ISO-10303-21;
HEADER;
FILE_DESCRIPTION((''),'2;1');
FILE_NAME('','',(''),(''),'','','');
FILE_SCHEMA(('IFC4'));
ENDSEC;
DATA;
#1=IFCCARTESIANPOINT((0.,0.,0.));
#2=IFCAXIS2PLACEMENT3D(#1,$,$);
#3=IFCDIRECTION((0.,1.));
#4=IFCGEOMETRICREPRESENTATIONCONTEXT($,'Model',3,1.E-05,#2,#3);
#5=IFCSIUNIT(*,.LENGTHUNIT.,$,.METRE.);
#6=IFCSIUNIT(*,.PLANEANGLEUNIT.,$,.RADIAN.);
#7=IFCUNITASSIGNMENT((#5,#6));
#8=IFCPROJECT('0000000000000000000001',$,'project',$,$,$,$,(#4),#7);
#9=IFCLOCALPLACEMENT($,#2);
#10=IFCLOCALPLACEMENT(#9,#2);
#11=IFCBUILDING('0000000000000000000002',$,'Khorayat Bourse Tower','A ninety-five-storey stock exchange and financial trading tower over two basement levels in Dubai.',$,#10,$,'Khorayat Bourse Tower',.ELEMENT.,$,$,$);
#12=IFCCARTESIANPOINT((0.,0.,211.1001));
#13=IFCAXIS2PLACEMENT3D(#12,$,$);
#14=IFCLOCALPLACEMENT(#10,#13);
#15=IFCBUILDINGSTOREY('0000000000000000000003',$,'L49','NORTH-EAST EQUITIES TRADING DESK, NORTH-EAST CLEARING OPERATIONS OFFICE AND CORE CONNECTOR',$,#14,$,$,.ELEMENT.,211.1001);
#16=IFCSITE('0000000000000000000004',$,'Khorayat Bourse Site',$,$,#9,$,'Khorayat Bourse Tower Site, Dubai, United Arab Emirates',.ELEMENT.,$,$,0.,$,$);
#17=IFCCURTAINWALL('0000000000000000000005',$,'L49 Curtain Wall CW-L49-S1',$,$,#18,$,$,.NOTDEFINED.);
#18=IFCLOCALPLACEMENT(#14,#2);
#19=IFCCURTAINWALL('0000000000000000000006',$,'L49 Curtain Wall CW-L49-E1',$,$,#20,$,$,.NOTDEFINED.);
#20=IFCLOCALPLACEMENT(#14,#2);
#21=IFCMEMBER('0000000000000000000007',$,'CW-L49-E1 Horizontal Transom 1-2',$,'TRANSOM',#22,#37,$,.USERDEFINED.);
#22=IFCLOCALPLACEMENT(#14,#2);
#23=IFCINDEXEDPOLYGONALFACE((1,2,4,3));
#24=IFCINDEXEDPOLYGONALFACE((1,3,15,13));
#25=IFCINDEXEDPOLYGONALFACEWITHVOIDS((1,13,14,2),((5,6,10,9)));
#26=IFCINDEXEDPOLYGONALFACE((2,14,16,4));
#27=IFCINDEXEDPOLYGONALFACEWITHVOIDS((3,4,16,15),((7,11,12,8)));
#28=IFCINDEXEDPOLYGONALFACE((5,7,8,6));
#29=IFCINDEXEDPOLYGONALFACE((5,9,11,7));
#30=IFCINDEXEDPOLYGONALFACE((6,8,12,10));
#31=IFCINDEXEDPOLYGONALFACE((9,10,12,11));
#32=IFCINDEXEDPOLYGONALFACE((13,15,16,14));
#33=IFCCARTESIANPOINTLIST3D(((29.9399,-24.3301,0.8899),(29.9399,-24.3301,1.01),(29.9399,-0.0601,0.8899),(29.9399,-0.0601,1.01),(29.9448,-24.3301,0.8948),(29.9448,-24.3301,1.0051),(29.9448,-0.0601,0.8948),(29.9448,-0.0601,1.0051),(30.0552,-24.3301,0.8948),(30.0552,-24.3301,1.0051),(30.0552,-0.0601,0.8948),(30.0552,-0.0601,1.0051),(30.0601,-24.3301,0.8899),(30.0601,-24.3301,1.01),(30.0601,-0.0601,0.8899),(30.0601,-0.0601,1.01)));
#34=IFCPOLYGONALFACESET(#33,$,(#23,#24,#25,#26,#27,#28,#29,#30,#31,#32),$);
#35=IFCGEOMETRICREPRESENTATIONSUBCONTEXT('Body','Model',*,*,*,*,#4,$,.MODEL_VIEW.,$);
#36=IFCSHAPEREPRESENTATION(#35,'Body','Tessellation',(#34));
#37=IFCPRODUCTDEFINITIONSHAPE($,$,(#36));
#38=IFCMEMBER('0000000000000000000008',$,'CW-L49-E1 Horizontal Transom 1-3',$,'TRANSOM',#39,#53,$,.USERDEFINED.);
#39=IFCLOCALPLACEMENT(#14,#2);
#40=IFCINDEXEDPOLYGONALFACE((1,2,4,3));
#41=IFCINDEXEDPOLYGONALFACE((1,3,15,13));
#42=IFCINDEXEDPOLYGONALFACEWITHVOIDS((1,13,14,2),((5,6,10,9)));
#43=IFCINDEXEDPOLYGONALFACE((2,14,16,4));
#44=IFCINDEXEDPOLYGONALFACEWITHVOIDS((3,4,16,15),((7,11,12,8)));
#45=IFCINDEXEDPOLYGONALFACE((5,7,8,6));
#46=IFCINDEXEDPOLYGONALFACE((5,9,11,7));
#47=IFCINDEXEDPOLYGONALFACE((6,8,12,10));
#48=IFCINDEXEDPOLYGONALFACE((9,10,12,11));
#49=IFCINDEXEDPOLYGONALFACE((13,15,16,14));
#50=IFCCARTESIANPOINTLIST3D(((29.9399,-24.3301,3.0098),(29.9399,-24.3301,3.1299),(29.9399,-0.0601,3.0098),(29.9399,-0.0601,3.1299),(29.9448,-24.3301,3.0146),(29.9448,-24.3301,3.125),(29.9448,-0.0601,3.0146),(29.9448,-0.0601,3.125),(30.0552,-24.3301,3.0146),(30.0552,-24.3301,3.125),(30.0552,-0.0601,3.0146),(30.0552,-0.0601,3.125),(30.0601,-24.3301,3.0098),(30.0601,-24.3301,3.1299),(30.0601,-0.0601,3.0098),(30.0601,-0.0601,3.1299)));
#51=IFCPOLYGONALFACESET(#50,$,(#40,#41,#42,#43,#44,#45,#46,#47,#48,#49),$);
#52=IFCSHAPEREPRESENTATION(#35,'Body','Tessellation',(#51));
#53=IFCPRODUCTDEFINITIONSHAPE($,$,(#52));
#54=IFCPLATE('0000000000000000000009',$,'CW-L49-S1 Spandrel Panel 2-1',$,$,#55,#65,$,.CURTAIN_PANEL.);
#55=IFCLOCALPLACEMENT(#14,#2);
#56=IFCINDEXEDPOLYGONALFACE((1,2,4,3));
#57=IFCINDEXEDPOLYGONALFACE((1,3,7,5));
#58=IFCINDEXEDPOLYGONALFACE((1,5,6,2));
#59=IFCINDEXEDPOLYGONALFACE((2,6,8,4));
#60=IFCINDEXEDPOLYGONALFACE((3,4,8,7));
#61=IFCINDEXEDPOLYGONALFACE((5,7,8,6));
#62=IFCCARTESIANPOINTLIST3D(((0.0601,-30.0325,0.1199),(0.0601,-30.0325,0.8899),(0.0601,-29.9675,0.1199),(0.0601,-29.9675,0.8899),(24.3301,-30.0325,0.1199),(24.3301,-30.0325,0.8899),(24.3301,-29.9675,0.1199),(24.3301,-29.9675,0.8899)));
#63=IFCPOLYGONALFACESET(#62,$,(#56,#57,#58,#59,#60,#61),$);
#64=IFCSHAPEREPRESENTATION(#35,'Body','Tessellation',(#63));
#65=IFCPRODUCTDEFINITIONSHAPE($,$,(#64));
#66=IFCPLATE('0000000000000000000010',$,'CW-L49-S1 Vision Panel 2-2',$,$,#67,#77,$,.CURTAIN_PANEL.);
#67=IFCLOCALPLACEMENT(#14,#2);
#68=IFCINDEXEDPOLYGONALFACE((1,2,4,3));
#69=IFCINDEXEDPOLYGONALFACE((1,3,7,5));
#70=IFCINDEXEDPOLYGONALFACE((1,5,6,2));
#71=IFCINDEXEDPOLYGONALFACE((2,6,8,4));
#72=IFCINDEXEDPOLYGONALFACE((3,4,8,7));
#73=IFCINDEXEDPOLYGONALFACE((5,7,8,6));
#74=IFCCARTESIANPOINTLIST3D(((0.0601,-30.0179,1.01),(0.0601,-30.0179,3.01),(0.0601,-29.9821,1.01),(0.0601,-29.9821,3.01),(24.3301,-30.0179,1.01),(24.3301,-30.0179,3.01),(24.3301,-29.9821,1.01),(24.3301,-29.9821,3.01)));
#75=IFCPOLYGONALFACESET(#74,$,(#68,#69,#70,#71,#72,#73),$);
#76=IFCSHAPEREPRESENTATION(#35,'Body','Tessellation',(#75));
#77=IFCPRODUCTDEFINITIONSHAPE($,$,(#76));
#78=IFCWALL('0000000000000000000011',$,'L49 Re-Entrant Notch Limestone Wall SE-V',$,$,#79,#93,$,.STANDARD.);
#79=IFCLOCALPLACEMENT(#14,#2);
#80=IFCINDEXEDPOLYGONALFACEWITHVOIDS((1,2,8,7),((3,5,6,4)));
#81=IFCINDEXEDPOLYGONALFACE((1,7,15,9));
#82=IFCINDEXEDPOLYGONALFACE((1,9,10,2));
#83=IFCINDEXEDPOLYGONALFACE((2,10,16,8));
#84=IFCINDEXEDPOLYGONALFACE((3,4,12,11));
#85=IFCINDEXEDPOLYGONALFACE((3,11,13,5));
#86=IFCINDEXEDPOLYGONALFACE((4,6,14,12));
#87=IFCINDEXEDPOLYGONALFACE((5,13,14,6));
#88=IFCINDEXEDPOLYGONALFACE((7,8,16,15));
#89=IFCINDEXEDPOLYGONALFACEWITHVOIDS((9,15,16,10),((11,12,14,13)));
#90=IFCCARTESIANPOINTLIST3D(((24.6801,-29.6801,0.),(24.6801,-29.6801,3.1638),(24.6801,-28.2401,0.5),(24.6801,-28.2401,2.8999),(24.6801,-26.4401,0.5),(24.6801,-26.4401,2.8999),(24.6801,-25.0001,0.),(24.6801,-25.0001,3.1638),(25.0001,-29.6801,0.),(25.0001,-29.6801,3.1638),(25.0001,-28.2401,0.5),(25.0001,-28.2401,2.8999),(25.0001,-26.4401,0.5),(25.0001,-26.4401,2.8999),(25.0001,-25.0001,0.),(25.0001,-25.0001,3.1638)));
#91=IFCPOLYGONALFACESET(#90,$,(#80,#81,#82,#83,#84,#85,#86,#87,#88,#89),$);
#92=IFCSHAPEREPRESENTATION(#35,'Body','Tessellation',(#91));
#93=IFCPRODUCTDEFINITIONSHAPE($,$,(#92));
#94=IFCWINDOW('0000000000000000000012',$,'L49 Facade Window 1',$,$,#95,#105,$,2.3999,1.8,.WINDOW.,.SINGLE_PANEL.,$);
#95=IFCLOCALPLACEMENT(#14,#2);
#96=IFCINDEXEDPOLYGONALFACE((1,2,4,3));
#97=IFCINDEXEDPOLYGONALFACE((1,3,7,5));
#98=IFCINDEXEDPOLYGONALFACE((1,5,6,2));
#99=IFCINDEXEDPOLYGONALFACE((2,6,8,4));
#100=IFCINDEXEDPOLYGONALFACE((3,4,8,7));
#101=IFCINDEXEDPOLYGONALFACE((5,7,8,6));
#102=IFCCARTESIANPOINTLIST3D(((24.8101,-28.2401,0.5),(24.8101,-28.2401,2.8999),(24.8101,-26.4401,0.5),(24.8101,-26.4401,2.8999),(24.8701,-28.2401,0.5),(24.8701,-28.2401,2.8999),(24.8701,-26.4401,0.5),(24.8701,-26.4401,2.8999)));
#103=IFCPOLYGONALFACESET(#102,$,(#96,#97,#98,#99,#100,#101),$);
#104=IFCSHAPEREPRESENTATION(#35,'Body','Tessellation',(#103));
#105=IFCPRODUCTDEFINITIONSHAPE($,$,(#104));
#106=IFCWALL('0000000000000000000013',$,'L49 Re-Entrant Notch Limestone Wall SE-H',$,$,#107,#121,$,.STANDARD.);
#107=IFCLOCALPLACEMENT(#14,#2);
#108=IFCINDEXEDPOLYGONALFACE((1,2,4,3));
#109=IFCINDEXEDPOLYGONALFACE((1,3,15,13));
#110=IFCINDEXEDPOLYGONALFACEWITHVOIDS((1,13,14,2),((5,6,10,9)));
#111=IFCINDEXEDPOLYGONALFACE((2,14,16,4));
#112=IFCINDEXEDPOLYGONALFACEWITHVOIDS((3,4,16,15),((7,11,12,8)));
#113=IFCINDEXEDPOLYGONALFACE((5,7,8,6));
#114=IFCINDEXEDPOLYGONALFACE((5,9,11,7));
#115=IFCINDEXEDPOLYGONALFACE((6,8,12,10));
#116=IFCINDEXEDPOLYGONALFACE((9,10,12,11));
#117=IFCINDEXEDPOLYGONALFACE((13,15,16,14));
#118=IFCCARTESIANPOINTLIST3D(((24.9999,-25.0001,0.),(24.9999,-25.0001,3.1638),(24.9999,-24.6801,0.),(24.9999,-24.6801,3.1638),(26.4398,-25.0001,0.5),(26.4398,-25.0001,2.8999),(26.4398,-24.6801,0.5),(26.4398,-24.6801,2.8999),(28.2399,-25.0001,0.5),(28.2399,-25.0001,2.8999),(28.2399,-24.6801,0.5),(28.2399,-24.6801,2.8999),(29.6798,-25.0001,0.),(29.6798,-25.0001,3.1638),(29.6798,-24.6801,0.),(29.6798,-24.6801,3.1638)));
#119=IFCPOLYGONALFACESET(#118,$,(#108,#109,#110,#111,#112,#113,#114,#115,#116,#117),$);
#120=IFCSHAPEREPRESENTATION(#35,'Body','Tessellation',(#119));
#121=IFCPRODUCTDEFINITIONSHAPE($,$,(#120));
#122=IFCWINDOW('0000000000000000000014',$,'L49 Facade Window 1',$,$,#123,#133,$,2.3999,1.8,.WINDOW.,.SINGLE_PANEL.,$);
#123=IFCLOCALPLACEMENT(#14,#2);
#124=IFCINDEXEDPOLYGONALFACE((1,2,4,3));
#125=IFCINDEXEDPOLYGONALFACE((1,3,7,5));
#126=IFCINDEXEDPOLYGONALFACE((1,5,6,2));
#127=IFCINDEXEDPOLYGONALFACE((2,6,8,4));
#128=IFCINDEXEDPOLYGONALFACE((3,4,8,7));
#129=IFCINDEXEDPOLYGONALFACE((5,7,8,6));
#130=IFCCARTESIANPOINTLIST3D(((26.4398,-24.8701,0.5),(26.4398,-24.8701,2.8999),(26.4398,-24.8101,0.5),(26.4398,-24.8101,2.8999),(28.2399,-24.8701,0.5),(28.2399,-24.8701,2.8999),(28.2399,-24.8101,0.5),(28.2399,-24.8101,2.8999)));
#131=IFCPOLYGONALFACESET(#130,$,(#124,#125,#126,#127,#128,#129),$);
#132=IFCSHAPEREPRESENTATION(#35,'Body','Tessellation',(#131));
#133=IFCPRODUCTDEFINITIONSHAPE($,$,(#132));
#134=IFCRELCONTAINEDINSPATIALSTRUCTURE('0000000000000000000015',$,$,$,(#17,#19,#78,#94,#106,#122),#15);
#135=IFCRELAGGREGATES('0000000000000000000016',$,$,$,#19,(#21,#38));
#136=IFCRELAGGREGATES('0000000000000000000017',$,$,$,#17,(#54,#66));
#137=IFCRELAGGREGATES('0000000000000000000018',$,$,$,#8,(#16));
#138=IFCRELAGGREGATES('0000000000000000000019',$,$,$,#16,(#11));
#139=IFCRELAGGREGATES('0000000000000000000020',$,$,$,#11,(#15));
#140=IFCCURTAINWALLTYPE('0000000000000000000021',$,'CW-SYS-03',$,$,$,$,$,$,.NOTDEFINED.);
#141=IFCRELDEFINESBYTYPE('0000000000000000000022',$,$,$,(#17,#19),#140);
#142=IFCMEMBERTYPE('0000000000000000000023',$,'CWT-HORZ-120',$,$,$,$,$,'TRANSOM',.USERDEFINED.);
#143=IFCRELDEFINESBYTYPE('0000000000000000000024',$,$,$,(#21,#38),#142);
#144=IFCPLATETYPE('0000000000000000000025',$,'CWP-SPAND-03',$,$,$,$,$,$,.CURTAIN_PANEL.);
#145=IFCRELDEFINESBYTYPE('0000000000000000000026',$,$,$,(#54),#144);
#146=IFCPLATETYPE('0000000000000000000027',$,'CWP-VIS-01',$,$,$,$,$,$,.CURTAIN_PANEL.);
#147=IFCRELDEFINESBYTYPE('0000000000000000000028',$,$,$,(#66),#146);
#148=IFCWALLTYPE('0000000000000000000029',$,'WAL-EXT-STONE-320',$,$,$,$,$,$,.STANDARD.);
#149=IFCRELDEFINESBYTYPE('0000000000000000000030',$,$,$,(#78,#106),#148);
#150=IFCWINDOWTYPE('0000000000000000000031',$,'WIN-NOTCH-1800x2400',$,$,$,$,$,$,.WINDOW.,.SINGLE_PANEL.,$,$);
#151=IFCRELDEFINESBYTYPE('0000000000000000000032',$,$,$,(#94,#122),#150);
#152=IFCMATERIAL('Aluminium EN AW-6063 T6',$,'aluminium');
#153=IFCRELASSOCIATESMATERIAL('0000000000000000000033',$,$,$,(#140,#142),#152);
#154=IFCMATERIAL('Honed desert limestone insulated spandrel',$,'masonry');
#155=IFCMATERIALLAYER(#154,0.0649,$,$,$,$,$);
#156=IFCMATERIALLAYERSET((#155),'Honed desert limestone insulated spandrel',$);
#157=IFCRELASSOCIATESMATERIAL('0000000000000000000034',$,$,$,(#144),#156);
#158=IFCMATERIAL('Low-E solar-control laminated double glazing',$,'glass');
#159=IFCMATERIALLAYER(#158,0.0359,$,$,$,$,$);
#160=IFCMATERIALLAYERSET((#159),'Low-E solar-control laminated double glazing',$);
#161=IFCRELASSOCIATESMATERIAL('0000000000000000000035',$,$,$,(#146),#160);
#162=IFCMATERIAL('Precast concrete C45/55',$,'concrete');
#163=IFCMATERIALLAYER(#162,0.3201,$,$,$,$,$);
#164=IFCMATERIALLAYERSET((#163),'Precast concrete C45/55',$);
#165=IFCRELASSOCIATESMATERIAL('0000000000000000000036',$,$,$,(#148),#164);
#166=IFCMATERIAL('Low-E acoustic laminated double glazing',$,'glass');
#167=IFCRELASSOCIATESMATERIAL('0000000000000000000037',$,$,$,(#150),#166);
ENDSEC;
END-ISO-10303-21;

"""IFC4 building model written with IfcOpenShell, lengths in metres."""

from ifc_helpers import new_model, si_unit, direction, frame, frame_2d, origin, origin_2d, place, context, subcontext, project, spatial, rectangle, hollow_rectangle, extrude, source, transform, mapped, material, layer, layer_set, material_profile, profile_set, type_object, element, fill, aggregate, save


model = new_model("IFC4")

# Units and contexts
model_context = context("Model", 3, precision=1e-05, world=origin(), true_north=direction((0.0, 1.0)))
body_context = subcontext(model_context, "Body", "Model", "MODEL_VIEW")
ifc_project = project(units=[si_unit("LENGTHUNIT", "METRE"), si_unit("PLANEANGLEUNIT", "RADIAN")], contexts=[model_context])

# Site, building, storey
site_placement = place(None, origin())
site = spatial("IfcSite", under=ifc_project, at=site_placement, Name="Khorayat Bourse Site", LongName="Khorayat Bourse Tower Site, Dubai, United Arab Emirates", CompositionType="ELEMENT", RefElevation=0.0)
building_placement = place(site_placement, origin())
building = spatial("IfcBuilding", under=site, at=building_placement, Name="Khorayat Bourse Tower", Description="A ninety-five-storey stock exchange and financial trading tower over two basement levels in Dubai.", LongName="Khorayat Bourse Tower", CompositionType="ELEMENT")
storey_placement = place(building_placement, frame((0.0, 0.0, 211.1001)))
storey = spatial("IfcBuildingStorey", under=building, at=storey_placement, Name="L49", Description="NORTH-EAST EQUITIES TRADING DESK, NORTH-EAST CLEARING OPERATIONS OFFICE AND CORE CONNECTOR", CompositionType="ELEMENT", Elevation=211.1001)

# Curtain walls
ifc_material_1 = material(Name="Aluminium EN AW-6063 T6", Category="aluminium")
curtain_wall_type = type_object("IfcCurtainWallType", Name="CW-SYS-03", PredefinedType="NOTDEFINED", material=ifc_material_1)
curtain_wall_1_placement = place(storey_placement, origin())
curtain_wall_1 = element("IfcCurtainWall", 1, at=curtain_wall_1_placement, inside=storey, type_object=curtain_wall_type, Name="L49 Curtain Wall CW-L49-S1", PredefinedType="NOTDEFINED")
curtain_wall_2_placement = place(storey_placement, origin())
curtain_wall_2 = element("IfcCurtainWall", 2, at=curtain_wall_2_placement, inside=storey, type_object=curtain_wall_type, Name="L49 Curtain Wall CW-L49-E1", PredefinedType="NOTDEFINED")

# Members
ifc_material_profile_1 = material_profile(ifc_material_1, hollow_rectangle(XDim=0.1201, YDim=0.1201, WallThickness=0.0049, at=origin_2d()), Name="ALU 120x120x5")
ifc_profile_set_1 = profile_set([ifc_material_profile_1], Name="Aluminium EN AW-6063 T6")
member_type_1 = type_object("IfcMemberType", Name="CWT-HORZ-120", ElementType="TRANSOM", PredefinedType="USERDEFINED", material=ifc_profile_set_1)
shared_shape_1 = source(origin(), body_context, "Body", "SweptSolid", [
    extrude(hollow_rectangle(XDim=0.1201, YDim=0.1201, WallThickness=0.0049, at=origin_2d()), origin(), (0.0, 0.0, 1.0), 24.27),
])
member_1_placement = place(storey_placement, frame((30.0, -24.3301, 0.95), z_axis=(0.0, 1.0, 0.0), x_axis=(-1.0, 0.0, 0.0)))
member_1 = element("IfcMember", 3, at=member_1_placement, type_object=member_type_1, Name="CW-L49-E1 Horizontal Transom 1-2", ObjectType="TRANSOM", PredefinedType="USERDEFINED", context=body_context, shape_type="MappedRepresentation", body=[
    mapped(shared_shape_1, transform((0.0, 0.0, 0.0), scale=1.0)),
])
member_2_placement = place(storey_placement, frame((30.0, -24.3301, 3.0698), z_axis=(0.0, 1.0, 0.0), x_axis=(-1.0, 0.0, 0.0)))
member_2 = element("IfcMember", 4, at=member_2_placement, type_object=member_type_1, Name="CW-L49-E1 Horizontal Transom 1-3", ObjectType="TRANSOM", PredefinedType="USERDEFINED", context=body_context, shape_type="MappedRepresentation", body=[
    mapped(shared_shape_1, transform((0.0, 0.0, 0.0), scale=1.0)),
])
aggregate(curtain_wall_2, [member_1, member_2])

# Plates
ifc_material_2 = material(Name="Honed desert limestone insulated spandrel", Category="masonry")
ifc_layer_1 = layer(ifc_material_2, 0.0649)
ifc_layer_set_1 = layer_set([ifc_layer_1], Name="Honed desert limestone insulated spandrel")
plate_type_1 = type_object("IfcPlateType", Name="CWP-SPAND-03", PredefinedType="CURTAIN_PANEL", material=ifc_layer_set_1)
shared_shape_2 = source(origin(), body_context, "Body", "SweptSolid", [
    extrude(rectangle(XDim=24.27, YDim=0.0649, at=origin_2d()), origin(), (0.0, 0.0, 1.0), 0.77),
])
plate_1_placement = place(storey_placement, frame((12.1951, -30.0, 0.1199), z_axis=(0.0, 0.0, 1.0), x_axis=(1.0, 0.0, 0.0)))
plate_1 = element("IfcPlate", 5, at=plate_1_placement, type_object=plate_type_1, Name="CW-L49-S1 Spandrel Panel 2-1", PredefinedType="CURTAIN_PANEL", context=body_context, shape_type="MappedRepresentation", body=[
    mapped(shared_shape_2, transform((0.0, 0.0, 0.0), scale=1.0)),
])
ifc_material_3 = material(Name="Low-E solar-control laminated double glazing", Category="glass")
ifc_layer_2 = layer(ifc_material_3, 0.0359)
ifc_layer_set_2 = layer_set([ifc_layer_2], Name="Low-E solar-control laminated double glazing")
plate_type_2 = type_object("IfcPlateType", Name="CWP-VIS-01", PredefinedType="CURTAIN_PANEL", material=ifc_layer_set_2)
shared_shape_3 = source(origin(), body_context, "Body", "SweptSolid", [
    extrude(rectangle(XDim=24.27, YDim=0.0359, at=origin_2d()), origin(), (0.0, 0.0, 1.0), 2.0),
])
plate_2_placement = place(storey_placement, frame((12.1951, -30.0, 1.01), z_axis=(0.0, 0.0, 1.0), x_axis=(1.0, 0.0, 0.0)))
plate_2 = element("IfcPlate", 6, at=plate_2_placement, type_object=plate_type_2, Name="CW-L49-S1 Vision Panel 2-2", PredefinedType="CURTAIN_PANEL", context=body_context, shape_type="MappedRepresentation", body=[
    mapped(shared_shape_3, transform((0.0, 0.0, 0.0), scale=1.0)),
])
aggregate(curtain_wall_1, [plate_1, plate_2])

# Walls, openings, windows
ifc_material_4 = material(Name="Precast concrete C45/55", Category="concrete")
ifc_layer_3 = layer(ifc_material_4, 0.3201)
ifc_layer_set_3 = layer_set([ifc_layer_3], Name="Precast concrete C45/55")
wall_type = type_object("IfcWallType", Name="WAL-EXT-STONE-320", PredefinedType="STANDARD", material=ifc_layer_set_3)
shared_shape_4 = source(origin(), body_context, "Body", "SweptSolid", [
    extrude(rectangle(XDim=4.6799, YDim=0.3201, at=frame_2d((2.3398, 0.0))), origin(), (0.0, 0.0, 1.0), 3.1638),
])
wall_1_placement = place(storey_placement, frame((24.8401, -29.6799, 0.0), z_axis=(0.0, 0.0, 1.0), x_axis=(0.0, 1.0, 0.0)))
wall_1 = element("IfcWall", 7, at=wall_1_placement, inside=storey, type_object=wall_type, Name="L49 Re-Entrant Notch Limestone Wall SE-V", PredefinedType="STANDARD", context=body_context, shape_type="MappedRepresentation", body=[
    mapped(shared_shape_4, transform((0.0, 0.0, 0.0), scale=1.0)),
])
shared_shape_5 = source(origin(), body_context, "Body", "SweptSolid", [
    extrude(rectangle(XDim=1.8, YDim=2.3999, at=frame_2d((0.8999, 1.2))), frame((0.0, 0.1699, 0.0), z_axis=(0.0, -1.0, 0.0), x_axis=(1.0, 0.0, 0.0)), (0.0, 0.0, 1.0), 0.3401),
])
opening_1_placement = place(wall_1_placement, frame((1.4399, 0.0, 0.5)))
opening_1 = element("IfcOpeningElement", 8, at=opening_1_placement, cuts=wall_1, PredefinedType="OPENING", context=body_context, shape_type="MappedRepresentation", body=[
    mapped(shared_shape_5, transform((0.0, 0.0, 0.0), scale=1.0)),
])
ifc_material_5 = material(Name="Low-E acoustic laminated double glazing", Category="glass")
window_type = type_object("IfcWindowType", Name="WIN-NOTCH-1800x2400", PartitioningType="SINGLE_PANEL", PredefinedType="WINDOW", material=ifc_material_5)
shared_shape_6 = source(origin(), body_context, "Body", "SweptSolid", [
    extrude(rectangle(XDim=1.8, YDim=2.3999, at=frame_2d((0.8999, 1.2))), frame((0.0, 0.03, 0.0), z_axis=(0.0, -1.0, 0.0), x_axis=(1.0, 0.0, 0.0)), (0.0, 0.0, 1.0), 0.0601),
])
window_1_placement = place(opening_1_placement, origin())
window_1 = element("IfcWindow", 9, at=window_1_placement, inside=storey, type_object=window_type, Name="L49 Facade Window 1", OverallHeight=2.3999, OverallWidth=1.8, PartitioningType="SINGLE_PANEL", PredefinedType="WINDOW", context=body_context, shape_type="MappedRepresentation", body=[
    mapped(shared_shape_6, transform((0.0, 0.0, 0.0), scale=1.0)),
])
fill(opening_1, window_1)
wall_2_placement = place(storey_placement, frame((25.0, -24.8401, 0.0), z_axis=(0.0, 0.0, 1.0), x_axis=(1.0, 0.0, 0.0)))
wall_2 = element("IfcWall", 10, at=wall_2_placement, inside=storey, type_object=wall_type, Name="L49 Re-Entrant Notch Limestone Wall SE-H", PredefinedType="STANDARD", context=body_context, shape_type="MappedRepresentation", body=[
    mapped(shared_shape_4, transform((0.0, 0.0, 0.0), scale=1.0)),
])
opening_2_placement = place(wall_2_placement, frame((1.4399, 0.0, 0.5)))
opening_2 = element("IfcOpeningElement", 11, at=opening_2_placement, cuts=wall_2, PredefinedType="OPENING", context=body_context, shape_type="MappedRepresentation", body=[
    mapped(shared_shape_5, transform((0.0, 0.0, 0.0), scale=1.0)),
])
window_2_placement = place(opening_2_placement, origin())
window_2 = element("IfcWindow", 12, at=window_2_placement, inside=storey, type_object=window_type, Name="L49 Facade Window 1", OverallHeight=2.3999, OverallWidth=1.8, PartitioningType="SINGLE_PANEL", PredefinedType="WINDOW", context=body_context, shape_type="MappedRepresentation", body=[
    mapped(shared_shape_6, transform((0.0, 0.0, 0.0), scale=1.0)),
])
fill(opening_2, window_2)

save(model, "model.ifc")
